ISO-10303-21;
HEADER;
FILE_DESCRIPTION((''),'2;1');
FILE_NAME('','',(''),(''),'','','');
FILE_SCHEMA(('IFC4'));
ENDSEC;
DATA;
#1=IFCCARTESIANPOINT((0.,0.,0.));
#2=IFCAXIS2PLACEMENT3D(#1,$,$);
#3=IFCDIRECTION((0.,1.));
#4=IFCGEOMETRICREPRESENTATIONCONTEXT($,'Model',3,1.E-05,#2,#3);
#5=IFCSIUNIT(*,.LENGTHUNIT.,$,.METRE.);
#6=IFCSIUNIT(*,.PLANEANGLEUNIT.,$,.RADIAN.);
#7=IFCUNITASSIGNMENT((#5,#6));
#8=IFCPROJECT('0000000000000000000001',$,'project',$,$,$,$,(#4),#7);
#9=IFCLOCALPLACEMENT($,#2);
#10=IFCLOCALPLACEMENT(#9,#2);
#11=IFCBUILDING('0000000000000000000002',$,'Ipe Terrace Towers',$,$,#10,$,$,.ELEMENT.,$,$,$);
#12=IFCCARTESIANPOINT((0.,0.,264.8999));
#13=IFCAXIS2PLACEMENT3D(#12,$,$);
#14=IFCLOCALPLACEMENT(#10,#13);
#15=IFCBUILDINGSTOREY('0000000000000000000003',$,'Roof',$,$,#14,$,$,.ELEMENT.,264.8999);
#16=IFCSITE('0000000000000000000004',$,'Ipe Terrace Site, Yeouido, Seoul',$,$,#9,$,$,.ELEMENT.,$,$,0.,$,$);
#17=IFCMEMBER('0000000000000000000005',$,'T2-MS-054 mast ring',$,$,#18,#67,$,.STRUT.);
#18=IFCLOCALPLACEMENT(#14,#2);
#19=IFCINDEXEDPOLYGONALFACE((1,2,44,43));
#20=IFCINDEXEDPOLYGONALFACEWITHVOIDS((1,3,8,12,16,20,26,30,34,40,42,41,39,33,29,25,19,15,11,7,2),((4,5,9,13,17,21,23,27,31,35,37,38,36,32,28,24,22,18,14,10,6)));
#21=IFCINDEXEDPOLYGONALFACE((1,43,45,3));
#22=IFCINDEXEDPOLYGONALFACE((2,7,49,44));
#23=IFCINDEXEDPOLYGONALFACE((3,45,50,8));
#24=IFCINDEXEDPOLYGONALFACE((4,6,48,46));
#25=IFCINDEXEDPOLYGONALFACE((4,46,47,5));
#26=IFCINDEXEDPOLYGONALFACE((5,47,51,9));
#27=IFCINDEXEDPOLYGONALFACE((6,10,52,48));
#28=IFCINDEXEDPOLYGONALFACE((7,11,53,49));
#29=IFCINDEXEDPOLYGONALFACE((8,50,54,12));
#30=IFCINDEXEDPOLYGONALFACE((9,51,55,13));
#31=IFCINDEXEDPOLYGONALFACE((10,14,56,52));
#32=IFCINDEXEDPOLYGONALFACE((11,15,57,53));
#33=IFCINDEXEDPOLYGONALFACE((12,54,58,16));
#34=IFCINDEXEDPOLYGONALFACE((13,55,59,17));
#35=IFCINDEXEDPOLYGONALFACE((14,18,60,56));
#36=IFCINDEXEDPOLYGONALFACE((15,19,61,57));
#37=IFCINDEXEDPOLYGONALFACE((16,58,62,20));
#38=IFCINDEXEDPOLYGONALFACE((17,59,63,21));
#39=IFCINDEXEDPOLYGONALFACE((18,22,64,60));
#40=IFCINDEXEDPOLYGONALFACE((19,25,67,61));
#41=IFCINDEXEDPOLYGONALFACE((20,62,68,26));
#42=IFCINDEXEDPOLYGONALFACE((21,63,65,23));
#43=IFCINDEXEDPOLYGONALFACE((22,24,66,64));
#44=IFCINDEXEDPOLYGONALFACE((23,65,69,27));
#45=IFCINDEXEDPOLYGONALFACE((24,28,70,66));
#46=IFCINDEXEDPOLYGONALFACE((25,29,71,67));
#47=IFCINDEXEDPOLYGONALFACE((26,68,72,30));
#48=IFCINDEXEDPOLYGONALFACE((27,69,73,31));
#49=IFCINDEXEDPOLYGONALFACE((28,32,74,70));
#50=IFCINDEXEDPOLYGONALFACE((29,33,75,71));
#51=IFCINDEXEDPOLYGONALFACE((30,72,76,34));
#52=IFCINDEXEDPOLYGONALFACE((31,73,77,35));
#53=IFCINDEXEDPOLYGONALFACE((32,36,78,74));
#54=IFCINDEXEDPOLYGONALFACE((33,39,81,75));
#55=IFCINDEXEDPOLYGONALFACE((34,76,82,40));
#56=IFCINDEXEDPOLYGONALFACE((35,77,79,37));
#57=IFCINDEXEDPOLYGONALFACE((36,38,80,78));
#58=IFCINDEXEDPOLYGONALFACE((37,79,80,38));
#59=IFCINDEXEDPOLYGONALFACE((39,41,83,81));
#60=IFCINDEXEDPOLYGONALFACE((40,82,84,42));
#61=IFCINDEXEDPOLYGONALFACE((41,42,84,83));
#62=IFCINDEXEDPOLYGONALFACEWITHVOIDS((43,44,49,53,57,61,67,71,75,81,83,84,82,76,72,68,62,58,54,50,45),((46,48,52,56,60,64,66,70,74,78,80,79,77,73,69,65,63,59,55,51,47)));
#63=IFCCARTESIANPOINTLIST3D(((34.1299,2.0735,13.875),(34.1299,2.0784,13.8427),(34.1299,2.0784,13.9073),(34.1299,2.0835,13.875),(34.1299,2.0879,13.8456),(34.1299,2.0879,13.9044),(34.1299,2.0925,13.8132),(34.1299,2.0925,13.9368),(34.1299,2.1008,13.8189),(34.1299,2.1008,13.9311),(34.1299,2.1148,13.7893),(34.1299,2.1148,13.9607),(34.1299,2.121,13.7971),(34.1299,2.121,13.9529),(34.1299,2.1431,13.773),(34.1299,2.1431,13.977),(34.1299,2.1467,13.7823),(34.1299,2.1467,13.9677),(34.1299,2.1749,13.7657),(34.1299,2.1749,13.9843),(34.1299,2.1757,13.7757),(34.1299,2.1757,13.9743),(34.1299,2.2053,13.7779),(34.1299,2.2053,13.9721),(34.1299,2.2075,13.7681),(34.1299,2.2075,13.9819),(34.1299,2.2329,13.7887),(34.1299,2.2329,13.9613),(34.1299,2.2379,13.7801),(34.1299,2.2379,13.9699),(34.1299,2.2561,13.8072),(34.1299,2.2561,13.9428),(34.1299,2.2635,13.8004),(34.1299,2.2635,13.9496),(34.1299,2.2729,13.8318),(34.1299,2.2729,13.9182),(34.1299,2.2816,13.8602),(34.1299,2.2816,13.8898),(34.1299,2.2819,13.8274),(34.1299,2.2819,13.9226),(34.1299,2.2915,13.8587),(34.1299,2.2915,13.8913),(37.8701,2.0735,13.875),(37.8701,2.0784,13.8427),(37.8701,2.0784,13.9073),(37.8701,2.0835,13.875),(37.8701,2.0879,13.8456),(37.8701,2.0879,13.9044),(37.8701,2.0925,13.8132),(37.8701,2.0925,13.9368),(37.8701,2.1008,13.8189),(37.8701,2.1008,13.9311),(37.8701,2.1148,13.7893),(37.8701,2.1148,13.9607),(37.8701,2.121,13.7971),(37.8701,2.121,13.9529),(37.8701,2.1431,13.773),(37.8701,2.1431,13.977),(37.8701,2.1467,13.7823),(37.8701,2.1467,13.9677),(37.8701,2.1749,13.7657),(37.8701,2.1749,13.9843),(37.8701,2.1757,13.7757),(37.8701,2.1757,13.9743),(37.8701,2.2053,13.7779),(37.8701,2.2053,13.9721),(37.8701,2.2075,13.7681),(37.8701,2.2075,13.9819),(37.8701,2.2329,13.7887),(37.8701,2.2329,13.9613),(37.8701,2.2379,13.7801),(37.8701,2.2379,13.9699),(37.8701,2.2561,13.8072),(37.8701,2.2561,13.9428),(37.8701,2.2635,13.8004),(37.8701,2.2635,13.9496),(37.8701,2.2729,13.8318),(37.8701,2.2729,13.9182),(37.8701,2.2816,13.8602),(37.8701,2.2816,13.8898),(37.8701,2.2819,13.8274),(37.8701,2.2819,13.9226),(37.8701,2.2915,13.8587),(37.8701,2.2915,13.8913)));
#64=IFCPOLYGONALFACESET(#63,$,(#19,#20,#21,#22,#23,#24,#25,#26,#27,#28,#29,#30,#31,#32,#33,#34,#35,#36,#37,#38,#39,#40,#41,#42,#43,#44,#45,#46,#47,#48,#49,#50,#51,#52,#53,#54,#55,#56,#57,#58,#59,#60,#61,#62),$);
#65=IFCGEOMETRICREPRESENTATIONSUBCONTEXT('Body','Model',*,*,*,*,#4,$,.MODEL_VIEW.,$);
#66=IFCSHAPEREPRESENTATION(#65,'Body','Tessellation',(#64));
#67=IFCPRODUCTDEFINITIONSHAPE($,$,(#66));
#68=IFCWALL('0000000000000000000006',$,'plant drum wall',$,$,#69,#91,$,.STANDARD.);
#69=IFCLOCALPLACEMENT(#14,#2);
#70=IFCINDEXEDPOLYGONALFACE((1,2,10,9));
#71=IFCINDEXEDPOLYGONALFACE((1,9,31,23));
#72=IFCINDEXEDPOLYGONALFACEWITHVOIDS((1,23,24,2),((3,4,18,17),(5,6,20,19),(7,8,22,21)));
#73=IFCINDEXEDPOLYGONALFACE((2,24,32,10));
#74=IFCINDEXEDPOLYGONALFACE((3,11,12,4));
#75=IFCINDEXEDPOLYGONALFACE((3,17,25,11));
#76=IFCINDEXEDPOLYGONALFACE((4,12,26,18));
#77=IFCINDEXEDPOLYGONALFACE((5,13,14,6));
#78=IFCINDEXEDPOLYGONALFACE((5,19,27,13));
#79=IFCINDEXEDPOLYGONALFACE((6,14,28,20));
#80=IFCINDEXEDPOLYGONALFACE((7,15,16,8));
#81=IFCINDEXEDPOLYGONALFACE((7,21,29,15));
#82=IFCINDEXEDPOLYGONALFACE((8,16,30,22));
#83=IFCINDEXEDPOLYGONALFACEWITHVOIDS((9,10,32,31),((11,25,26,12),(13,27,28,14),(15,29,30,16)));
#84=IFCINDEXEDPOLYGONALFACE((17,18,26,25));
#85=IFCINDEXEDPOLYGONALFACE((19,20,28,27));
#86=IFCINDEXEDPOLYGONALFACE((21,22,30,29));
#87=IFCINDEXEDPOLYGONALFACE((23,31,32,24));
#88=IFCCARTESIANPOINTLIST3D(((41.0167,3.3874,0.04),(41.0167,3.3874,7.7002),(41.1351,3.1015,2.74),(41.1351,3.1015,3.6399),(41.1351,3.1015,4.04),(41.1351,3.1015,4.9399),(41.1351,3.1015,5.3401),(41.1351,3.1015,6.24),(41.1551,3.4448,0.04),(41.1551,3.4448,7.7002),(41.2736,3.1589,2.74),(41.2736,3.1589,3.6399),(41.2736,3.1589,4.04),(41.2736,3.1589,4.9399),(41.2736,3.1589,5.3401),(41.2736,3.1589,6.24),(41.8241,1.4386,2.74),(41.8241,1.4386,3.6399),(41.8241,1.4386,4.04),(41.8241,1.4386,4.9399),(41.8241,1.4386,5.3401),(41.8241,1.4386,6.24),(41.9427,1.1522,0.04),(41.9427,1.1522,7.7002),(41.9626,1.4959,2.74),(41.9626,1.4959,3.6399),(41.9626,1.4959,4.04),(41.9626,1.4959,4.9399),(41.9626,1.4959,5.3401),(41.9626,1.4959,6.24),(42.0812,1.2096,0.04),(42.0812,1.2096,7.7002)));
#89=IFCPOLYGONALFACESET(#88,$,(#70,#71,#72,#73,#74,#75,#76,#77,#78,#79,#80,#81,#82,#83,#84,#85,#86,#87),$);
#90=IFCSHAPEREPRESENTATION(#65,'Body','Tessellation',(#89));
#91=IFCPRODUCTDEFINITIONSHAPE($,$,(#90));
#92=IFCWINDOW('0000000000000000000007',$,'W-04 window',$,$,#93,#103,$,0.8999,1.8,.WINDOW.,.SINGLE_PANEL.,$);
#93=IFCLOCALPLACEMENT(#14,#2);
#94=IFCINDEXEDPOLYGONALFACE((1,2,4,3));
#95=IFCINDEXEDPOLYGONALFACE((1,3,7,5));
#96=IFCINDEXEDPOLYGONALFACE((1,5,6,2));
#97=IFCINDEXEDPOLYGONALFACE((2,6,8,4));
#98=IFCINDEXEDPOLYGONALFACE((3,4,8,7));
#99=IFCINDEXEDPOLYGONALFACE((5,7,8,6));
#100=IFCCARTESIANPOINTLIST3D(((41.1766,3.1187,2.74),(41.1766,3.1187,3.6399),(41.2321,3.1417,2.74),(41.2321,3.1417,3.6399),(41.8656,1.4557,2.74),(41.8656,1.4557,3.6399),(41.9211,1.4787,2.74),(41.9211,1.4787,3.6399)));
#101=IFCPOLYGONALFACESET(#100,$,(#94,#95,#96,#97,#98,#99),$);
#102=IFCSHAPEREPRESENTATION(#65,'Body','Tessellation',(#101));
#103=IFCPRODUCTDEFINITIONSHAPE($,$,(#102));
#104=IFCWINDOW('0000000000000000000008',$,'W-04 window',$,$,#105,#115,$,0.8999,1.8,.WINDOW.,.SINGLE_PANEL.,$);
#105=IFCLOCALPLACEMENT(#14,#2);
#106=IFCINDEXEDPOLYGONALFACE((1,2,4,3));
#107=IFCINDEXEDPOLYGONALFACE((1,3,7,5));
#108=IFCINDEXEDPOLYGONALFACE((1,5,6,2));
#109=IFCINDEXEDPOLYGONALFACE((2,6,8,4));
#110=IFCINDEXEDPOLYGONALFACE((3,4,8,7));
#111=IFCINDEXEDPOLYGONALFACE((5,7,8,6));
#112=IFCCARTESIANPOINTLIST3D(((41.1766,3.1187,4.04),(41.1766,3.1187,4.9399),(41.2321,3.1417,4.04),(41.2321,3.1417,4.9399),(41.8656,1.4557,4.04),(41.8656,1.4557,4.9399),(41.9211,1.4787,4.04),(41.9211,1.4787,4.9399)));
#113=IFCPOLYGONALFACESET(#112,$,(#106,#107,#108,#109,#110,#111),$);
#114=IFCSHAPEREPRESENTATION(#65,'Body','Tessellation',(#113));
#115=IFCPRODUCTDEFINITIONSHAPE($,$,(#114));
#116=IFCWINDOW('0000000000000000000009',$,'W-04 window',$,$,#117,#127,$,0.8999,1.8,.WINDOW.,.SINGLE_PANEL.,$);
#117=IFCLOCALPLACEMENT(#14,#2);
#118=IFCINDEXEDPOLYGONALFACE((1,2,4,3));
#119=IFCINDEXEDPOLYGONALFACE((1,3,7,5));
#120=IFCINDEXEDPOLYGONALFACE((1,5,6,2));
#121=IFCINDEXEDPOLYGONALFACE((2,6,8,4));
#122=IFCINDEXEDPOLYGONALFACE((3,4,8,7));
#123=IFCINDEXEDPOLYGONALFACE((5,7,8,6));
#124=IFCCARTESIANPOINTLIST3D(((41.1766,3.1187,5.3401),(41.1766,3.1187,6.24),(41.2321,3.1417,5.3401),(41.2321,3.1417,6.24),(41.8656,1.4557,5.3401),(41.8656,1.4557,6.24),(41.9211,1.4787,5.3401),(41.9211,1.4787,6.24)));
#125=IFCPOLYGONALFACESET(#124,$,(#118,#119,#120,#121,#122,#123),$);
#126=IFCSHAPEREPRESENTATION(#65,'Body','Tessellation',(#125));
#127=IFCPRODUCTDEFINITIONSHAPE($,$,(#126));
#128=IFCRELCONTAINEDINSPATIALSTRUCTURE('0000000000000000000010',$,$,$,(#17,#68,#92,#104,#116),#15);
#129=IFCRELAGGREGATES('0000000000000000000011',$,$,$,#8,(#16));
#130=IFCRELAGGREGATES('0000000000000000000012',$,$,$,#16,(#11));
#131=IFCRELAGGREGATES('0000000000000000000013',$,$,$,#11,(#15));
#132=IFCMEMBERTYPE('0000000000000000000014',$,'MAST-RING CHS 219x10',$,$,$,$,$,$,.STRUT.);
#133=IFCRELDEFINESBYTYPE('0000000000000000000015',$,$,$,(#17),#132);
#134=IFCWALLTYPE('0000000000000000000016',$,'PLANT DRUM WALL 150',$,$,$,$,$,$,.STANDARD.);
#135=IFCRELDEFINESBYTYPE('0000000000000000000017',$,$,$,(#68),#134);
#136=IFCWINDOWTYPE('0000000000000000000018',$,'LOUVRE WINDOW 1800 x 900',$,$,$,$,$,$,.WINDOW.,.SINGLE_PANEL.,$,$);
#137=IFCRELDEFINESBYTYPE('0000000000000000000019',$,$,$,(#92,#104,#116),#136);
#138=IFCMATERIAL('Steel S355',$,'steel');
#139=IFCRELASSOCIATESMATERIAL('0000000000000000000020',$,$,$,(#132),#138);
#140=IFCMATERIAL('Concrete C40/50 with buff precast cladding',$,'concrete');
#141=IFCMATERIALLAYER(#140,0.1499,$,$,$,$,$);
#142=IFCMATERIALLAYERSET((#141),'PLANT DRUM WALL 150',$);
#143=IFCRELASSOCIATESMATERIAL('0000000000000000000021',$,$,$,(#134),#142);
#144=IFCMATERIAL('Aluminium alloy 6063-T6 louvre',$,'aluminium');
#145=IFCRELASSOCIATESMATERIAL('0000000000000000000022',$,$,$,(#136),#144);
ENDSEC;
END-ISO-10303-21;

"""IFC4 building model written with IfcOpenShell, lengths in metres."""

from ifc_helpers import new_model, si_unit, direction, frame, frame_2d, origin, origin_2d, place, context, subcontext, project, spatial, rectangle, hollow_circle, extrude, material, layer, layer_set, material_profile, profile_set, type_object, element, fill, save


model = new_model("IFC4")

# Units and contexts
model_context = context("Model", 3, precision=1e-05, world=origin(), true_north=direction((0.0, 1.0)))
body_context = subcontext(model_context, "Body", "Model", "MODEL_VIEW")
ifc_project = project(units=[si_unit("LENGTHUNIT", "METRE"), si_unit("PLANEANGLEUNIT", "RADIAN")], contexts=[model_context])

# Site, building, storey
site_placement = place(None, origin())
site = spatial("IfcSite", under=ifc_project, at=site_placement, Name="Ipe Terrace Site, Yeouido, Seoul", CompositionType="ELEMENT", RefElevation=0.0)
building_placement = place(site_placement, origin())
building = spatial("IfcBuilding", under=site, at=building_placement, Name="Ipe Terrace Towers", CompositionType="ELEMENT")
storey_placement = place(building_placement, frame((0.0, 0.0, 264.8999)))
storey = spatial("IfcBuildingStorey", under=building, at=storey_placement, Name="Roof", CompositionType="ELEMENT", Elevation=264.8999)

# Member
ifc_material_1 = material(Name="Steel S355", Category="steel")
ifc_material_profile_1 = material_profile(ifc_material_1, hollow_circle(Radius=0.1096, WallThickness=0.01, at=origin_2d()), Name="MAST-RING CHS 219x10")
ifc_profile_set_1 = profile_set([ifc_material_profile_1], Name="Steel S355")
member_type_1 = type_object("IfcMemberType", Name="MAST-RING CHS 219x10", PredefinedType="STRUT", material=ifc_profile_set_1)
member_1_placement = place(storey_placement, frame((37.8701, 2.1831, 13.875), z_axis=(-1.0, 0.0, 0.0), x_axis=(0.0, -1.0, 0.0)))
element("IfcMember", 1, at=member_1_placement, inside=storey, type_object=member_type_1, Name="T2-MS-054 mast ring", PredefinedType="STRUT", context=body_context, shape_type="SweptSolid", body=[
    extrude(hollow_circle(Radius=0.1096, WallThickness=0.01, at=origin_2d()), origin(), (0.0, 0.0, 1.0), 3.7402),
])

# Wall, openings, windows
ifc_material_2 = material(Name="Concrete C40/50 with buff precast cladding", Category="concrete")
ifc_layer_1 = layer(ifc_material_2, 0.1499)
ifc_layer_set_1 = layer_set([ifc_layer_1], Name="PLANT DRUM WALL 150")
wall_type = type_object("IfcWallType", Name="PLANT DRUM WALL 150", PredefinedType="STANDARD", material=ifc_layer_set_1)
wall_1_placement = place(storey_placement, frame((42.012, 1.1809, 0.04), z_axis=(0.0, 0.0, 1.0), x_axis=(-0.382759, 0.923848, 0.0)))
wall_1 = element("IfcWall", 2, at=wall_1_placement, inside=storey, type_object=wall_type, Name="plant drum wall", PredefinedType="STANDARD", context=body_context, shape_type="SweptSolid", body=[
    extrude(rectangle(XDim=2.4194, YDim=0.1499, at=frame_2d((1.2097, 0.0))), origin(), (0.0, 0.0, 1.0), 7.6602),
])
opening_1_placement = place(wall_1_placement, frame((0.3101, 0.0, 2.7)))
opening_1 = element("IfcOpeningElement", 3, at=opening_1_placement, cuts=wall_1, PredefinedType="OPENING", context=body_context, shape_type="SweptSolid", body=[
    extrude(rectangle(XDim=1.8, YDim=0.8999, at=frame_2d((0.8999, 0.45))), frame((0.0, 0.085, 0.0), z_axis=(0.0, -1.0, 0.0), x_axis=(1.0, 0.0, 0.0)), (0.0, 0.0, 1.0), 0.1699),
])
opening_2_placement = place(wall_1_placement, frame((0.3101, 0.0, 4.0)))
opening_2 = element("IfcOpeningElement", 4, at=opening_2_placement, cuts=wall_1, PredefinedType="OPENING", context=body_context, shape_type="SweptSolid", body=[
    extrude(rectangle(XDim=1.8, YDim=0.8999, at=frame_2d((0.8999, 0.45))), frame((0.0, 0.085, 0.0), z_axis=(0.0, -1.0, 0.0), x_axis=(1.0, 0.0, 0.0)), (0.0, 0.0, 1.0), 0.1699),
])
opening_3_placement = place(wall_1_placement, frame((0.3101, 0.0, 5.3)))
opening_3 = element("IfcOpeningElement", 5, at=opening_3_placement, cuts=wall_1, PredefinedType="OPENING", context=body_context, shape_type="SweptSolid", body=[
    extrude(rectangle(XDim=1.8, YDim=0.8999, at=frame_2d((0.8999, 0.45))), frame((0.0, 0.085, 0.0), z_axis=(0.0, -1.0, 0.0), x_axis=(1.0, 0.0, 0.0)), (0.0, 0.0, 1.0), 0.1699),
])
ifc_material_3 = material(Name="Aluminium alloy 6063-T6 louvre", Category="aluminium")
window_type = type_object("IfcWindowType", Name="LOUVRE WINDOW 1800 x 900", PartitioningType="SINGLE_PANEL", PredefinedType="WINDOW", material=ifc_material_3)
window_1_placement = place(opening_1_placement, origin())
window_1 = element("IfcWindow", 6, at=window_1_placement, inside=storey, type_object=window_type, Name="W-04 window", OverallHeight=0.8999, OverallWidth=1.8, PartitioningType="SINGLE_PANEL", PredefinedType="WINDOW", context=body_context, shape_type="SweptSolid", body=[
    extrude(rectangle(XDim=1.8, YDim=0.8999, at=frame_2d((0.8999, 0.45))), frame((0.0, 0.03, 0.0), z_axis=(0.0, -1.0, 0.0), x_axis=(1.0, 0.0, 0.0)), (0.0, 0.0, 1.0), 0.0601),
])
fill(opening_1, window_1)
window_2_placement = place(opening_2_placement, origin())
window_2 = element("IfcWindow", 7, at=window_2_placement, inside=storey, type_object=window_type, Name="W-04 window", OverallHeight=0.8999, OverallWidth=1.8, PartitioningType="SINGLE_PANEL", PredefinedType="WINDOW", context=body_context, shape_type="SweptSolid", body=[
    extrude(rectangle(XDim=1.8, YDim=0.8999, at=frame_2d((0.8999, 0.45))), frame((0.0, 0.03, 0.0), z_axis=(0.0, -1.0, 0.0), x_axis=(1.0, 0.0, 0.0)), (0.0, 0.0, 1.0), 0.0601),
])
fill(opening_2, window_2)
window_3_placement = place(opening_3_placement, origin())
window_3 = element("IfcWindow", 8, at=window_3_placement, inside=storey, type_object=window_type, Name="W-04 window", OverallHeight=0.8999, OverallWidth=1.8, PartitioningType="SINGLE_PANEL", PredefinedType="WINDOW", context=body_context, shape_type="SweptSolid", body=[
    extrude(rectangle(XDim=1.8, YDim=0.8999, at=frame_2d((0.8999, 0.45))), frame((0.0, 0.03, 0.0), z_axis=(0.0, -1.0, 0.0), x_axis=(1.0, 0.0, 0.0)), (0.0, 0.0, 1.0), 0.0601),
])
fill(opening_3, window_3)

save(model, "model.ifc")
